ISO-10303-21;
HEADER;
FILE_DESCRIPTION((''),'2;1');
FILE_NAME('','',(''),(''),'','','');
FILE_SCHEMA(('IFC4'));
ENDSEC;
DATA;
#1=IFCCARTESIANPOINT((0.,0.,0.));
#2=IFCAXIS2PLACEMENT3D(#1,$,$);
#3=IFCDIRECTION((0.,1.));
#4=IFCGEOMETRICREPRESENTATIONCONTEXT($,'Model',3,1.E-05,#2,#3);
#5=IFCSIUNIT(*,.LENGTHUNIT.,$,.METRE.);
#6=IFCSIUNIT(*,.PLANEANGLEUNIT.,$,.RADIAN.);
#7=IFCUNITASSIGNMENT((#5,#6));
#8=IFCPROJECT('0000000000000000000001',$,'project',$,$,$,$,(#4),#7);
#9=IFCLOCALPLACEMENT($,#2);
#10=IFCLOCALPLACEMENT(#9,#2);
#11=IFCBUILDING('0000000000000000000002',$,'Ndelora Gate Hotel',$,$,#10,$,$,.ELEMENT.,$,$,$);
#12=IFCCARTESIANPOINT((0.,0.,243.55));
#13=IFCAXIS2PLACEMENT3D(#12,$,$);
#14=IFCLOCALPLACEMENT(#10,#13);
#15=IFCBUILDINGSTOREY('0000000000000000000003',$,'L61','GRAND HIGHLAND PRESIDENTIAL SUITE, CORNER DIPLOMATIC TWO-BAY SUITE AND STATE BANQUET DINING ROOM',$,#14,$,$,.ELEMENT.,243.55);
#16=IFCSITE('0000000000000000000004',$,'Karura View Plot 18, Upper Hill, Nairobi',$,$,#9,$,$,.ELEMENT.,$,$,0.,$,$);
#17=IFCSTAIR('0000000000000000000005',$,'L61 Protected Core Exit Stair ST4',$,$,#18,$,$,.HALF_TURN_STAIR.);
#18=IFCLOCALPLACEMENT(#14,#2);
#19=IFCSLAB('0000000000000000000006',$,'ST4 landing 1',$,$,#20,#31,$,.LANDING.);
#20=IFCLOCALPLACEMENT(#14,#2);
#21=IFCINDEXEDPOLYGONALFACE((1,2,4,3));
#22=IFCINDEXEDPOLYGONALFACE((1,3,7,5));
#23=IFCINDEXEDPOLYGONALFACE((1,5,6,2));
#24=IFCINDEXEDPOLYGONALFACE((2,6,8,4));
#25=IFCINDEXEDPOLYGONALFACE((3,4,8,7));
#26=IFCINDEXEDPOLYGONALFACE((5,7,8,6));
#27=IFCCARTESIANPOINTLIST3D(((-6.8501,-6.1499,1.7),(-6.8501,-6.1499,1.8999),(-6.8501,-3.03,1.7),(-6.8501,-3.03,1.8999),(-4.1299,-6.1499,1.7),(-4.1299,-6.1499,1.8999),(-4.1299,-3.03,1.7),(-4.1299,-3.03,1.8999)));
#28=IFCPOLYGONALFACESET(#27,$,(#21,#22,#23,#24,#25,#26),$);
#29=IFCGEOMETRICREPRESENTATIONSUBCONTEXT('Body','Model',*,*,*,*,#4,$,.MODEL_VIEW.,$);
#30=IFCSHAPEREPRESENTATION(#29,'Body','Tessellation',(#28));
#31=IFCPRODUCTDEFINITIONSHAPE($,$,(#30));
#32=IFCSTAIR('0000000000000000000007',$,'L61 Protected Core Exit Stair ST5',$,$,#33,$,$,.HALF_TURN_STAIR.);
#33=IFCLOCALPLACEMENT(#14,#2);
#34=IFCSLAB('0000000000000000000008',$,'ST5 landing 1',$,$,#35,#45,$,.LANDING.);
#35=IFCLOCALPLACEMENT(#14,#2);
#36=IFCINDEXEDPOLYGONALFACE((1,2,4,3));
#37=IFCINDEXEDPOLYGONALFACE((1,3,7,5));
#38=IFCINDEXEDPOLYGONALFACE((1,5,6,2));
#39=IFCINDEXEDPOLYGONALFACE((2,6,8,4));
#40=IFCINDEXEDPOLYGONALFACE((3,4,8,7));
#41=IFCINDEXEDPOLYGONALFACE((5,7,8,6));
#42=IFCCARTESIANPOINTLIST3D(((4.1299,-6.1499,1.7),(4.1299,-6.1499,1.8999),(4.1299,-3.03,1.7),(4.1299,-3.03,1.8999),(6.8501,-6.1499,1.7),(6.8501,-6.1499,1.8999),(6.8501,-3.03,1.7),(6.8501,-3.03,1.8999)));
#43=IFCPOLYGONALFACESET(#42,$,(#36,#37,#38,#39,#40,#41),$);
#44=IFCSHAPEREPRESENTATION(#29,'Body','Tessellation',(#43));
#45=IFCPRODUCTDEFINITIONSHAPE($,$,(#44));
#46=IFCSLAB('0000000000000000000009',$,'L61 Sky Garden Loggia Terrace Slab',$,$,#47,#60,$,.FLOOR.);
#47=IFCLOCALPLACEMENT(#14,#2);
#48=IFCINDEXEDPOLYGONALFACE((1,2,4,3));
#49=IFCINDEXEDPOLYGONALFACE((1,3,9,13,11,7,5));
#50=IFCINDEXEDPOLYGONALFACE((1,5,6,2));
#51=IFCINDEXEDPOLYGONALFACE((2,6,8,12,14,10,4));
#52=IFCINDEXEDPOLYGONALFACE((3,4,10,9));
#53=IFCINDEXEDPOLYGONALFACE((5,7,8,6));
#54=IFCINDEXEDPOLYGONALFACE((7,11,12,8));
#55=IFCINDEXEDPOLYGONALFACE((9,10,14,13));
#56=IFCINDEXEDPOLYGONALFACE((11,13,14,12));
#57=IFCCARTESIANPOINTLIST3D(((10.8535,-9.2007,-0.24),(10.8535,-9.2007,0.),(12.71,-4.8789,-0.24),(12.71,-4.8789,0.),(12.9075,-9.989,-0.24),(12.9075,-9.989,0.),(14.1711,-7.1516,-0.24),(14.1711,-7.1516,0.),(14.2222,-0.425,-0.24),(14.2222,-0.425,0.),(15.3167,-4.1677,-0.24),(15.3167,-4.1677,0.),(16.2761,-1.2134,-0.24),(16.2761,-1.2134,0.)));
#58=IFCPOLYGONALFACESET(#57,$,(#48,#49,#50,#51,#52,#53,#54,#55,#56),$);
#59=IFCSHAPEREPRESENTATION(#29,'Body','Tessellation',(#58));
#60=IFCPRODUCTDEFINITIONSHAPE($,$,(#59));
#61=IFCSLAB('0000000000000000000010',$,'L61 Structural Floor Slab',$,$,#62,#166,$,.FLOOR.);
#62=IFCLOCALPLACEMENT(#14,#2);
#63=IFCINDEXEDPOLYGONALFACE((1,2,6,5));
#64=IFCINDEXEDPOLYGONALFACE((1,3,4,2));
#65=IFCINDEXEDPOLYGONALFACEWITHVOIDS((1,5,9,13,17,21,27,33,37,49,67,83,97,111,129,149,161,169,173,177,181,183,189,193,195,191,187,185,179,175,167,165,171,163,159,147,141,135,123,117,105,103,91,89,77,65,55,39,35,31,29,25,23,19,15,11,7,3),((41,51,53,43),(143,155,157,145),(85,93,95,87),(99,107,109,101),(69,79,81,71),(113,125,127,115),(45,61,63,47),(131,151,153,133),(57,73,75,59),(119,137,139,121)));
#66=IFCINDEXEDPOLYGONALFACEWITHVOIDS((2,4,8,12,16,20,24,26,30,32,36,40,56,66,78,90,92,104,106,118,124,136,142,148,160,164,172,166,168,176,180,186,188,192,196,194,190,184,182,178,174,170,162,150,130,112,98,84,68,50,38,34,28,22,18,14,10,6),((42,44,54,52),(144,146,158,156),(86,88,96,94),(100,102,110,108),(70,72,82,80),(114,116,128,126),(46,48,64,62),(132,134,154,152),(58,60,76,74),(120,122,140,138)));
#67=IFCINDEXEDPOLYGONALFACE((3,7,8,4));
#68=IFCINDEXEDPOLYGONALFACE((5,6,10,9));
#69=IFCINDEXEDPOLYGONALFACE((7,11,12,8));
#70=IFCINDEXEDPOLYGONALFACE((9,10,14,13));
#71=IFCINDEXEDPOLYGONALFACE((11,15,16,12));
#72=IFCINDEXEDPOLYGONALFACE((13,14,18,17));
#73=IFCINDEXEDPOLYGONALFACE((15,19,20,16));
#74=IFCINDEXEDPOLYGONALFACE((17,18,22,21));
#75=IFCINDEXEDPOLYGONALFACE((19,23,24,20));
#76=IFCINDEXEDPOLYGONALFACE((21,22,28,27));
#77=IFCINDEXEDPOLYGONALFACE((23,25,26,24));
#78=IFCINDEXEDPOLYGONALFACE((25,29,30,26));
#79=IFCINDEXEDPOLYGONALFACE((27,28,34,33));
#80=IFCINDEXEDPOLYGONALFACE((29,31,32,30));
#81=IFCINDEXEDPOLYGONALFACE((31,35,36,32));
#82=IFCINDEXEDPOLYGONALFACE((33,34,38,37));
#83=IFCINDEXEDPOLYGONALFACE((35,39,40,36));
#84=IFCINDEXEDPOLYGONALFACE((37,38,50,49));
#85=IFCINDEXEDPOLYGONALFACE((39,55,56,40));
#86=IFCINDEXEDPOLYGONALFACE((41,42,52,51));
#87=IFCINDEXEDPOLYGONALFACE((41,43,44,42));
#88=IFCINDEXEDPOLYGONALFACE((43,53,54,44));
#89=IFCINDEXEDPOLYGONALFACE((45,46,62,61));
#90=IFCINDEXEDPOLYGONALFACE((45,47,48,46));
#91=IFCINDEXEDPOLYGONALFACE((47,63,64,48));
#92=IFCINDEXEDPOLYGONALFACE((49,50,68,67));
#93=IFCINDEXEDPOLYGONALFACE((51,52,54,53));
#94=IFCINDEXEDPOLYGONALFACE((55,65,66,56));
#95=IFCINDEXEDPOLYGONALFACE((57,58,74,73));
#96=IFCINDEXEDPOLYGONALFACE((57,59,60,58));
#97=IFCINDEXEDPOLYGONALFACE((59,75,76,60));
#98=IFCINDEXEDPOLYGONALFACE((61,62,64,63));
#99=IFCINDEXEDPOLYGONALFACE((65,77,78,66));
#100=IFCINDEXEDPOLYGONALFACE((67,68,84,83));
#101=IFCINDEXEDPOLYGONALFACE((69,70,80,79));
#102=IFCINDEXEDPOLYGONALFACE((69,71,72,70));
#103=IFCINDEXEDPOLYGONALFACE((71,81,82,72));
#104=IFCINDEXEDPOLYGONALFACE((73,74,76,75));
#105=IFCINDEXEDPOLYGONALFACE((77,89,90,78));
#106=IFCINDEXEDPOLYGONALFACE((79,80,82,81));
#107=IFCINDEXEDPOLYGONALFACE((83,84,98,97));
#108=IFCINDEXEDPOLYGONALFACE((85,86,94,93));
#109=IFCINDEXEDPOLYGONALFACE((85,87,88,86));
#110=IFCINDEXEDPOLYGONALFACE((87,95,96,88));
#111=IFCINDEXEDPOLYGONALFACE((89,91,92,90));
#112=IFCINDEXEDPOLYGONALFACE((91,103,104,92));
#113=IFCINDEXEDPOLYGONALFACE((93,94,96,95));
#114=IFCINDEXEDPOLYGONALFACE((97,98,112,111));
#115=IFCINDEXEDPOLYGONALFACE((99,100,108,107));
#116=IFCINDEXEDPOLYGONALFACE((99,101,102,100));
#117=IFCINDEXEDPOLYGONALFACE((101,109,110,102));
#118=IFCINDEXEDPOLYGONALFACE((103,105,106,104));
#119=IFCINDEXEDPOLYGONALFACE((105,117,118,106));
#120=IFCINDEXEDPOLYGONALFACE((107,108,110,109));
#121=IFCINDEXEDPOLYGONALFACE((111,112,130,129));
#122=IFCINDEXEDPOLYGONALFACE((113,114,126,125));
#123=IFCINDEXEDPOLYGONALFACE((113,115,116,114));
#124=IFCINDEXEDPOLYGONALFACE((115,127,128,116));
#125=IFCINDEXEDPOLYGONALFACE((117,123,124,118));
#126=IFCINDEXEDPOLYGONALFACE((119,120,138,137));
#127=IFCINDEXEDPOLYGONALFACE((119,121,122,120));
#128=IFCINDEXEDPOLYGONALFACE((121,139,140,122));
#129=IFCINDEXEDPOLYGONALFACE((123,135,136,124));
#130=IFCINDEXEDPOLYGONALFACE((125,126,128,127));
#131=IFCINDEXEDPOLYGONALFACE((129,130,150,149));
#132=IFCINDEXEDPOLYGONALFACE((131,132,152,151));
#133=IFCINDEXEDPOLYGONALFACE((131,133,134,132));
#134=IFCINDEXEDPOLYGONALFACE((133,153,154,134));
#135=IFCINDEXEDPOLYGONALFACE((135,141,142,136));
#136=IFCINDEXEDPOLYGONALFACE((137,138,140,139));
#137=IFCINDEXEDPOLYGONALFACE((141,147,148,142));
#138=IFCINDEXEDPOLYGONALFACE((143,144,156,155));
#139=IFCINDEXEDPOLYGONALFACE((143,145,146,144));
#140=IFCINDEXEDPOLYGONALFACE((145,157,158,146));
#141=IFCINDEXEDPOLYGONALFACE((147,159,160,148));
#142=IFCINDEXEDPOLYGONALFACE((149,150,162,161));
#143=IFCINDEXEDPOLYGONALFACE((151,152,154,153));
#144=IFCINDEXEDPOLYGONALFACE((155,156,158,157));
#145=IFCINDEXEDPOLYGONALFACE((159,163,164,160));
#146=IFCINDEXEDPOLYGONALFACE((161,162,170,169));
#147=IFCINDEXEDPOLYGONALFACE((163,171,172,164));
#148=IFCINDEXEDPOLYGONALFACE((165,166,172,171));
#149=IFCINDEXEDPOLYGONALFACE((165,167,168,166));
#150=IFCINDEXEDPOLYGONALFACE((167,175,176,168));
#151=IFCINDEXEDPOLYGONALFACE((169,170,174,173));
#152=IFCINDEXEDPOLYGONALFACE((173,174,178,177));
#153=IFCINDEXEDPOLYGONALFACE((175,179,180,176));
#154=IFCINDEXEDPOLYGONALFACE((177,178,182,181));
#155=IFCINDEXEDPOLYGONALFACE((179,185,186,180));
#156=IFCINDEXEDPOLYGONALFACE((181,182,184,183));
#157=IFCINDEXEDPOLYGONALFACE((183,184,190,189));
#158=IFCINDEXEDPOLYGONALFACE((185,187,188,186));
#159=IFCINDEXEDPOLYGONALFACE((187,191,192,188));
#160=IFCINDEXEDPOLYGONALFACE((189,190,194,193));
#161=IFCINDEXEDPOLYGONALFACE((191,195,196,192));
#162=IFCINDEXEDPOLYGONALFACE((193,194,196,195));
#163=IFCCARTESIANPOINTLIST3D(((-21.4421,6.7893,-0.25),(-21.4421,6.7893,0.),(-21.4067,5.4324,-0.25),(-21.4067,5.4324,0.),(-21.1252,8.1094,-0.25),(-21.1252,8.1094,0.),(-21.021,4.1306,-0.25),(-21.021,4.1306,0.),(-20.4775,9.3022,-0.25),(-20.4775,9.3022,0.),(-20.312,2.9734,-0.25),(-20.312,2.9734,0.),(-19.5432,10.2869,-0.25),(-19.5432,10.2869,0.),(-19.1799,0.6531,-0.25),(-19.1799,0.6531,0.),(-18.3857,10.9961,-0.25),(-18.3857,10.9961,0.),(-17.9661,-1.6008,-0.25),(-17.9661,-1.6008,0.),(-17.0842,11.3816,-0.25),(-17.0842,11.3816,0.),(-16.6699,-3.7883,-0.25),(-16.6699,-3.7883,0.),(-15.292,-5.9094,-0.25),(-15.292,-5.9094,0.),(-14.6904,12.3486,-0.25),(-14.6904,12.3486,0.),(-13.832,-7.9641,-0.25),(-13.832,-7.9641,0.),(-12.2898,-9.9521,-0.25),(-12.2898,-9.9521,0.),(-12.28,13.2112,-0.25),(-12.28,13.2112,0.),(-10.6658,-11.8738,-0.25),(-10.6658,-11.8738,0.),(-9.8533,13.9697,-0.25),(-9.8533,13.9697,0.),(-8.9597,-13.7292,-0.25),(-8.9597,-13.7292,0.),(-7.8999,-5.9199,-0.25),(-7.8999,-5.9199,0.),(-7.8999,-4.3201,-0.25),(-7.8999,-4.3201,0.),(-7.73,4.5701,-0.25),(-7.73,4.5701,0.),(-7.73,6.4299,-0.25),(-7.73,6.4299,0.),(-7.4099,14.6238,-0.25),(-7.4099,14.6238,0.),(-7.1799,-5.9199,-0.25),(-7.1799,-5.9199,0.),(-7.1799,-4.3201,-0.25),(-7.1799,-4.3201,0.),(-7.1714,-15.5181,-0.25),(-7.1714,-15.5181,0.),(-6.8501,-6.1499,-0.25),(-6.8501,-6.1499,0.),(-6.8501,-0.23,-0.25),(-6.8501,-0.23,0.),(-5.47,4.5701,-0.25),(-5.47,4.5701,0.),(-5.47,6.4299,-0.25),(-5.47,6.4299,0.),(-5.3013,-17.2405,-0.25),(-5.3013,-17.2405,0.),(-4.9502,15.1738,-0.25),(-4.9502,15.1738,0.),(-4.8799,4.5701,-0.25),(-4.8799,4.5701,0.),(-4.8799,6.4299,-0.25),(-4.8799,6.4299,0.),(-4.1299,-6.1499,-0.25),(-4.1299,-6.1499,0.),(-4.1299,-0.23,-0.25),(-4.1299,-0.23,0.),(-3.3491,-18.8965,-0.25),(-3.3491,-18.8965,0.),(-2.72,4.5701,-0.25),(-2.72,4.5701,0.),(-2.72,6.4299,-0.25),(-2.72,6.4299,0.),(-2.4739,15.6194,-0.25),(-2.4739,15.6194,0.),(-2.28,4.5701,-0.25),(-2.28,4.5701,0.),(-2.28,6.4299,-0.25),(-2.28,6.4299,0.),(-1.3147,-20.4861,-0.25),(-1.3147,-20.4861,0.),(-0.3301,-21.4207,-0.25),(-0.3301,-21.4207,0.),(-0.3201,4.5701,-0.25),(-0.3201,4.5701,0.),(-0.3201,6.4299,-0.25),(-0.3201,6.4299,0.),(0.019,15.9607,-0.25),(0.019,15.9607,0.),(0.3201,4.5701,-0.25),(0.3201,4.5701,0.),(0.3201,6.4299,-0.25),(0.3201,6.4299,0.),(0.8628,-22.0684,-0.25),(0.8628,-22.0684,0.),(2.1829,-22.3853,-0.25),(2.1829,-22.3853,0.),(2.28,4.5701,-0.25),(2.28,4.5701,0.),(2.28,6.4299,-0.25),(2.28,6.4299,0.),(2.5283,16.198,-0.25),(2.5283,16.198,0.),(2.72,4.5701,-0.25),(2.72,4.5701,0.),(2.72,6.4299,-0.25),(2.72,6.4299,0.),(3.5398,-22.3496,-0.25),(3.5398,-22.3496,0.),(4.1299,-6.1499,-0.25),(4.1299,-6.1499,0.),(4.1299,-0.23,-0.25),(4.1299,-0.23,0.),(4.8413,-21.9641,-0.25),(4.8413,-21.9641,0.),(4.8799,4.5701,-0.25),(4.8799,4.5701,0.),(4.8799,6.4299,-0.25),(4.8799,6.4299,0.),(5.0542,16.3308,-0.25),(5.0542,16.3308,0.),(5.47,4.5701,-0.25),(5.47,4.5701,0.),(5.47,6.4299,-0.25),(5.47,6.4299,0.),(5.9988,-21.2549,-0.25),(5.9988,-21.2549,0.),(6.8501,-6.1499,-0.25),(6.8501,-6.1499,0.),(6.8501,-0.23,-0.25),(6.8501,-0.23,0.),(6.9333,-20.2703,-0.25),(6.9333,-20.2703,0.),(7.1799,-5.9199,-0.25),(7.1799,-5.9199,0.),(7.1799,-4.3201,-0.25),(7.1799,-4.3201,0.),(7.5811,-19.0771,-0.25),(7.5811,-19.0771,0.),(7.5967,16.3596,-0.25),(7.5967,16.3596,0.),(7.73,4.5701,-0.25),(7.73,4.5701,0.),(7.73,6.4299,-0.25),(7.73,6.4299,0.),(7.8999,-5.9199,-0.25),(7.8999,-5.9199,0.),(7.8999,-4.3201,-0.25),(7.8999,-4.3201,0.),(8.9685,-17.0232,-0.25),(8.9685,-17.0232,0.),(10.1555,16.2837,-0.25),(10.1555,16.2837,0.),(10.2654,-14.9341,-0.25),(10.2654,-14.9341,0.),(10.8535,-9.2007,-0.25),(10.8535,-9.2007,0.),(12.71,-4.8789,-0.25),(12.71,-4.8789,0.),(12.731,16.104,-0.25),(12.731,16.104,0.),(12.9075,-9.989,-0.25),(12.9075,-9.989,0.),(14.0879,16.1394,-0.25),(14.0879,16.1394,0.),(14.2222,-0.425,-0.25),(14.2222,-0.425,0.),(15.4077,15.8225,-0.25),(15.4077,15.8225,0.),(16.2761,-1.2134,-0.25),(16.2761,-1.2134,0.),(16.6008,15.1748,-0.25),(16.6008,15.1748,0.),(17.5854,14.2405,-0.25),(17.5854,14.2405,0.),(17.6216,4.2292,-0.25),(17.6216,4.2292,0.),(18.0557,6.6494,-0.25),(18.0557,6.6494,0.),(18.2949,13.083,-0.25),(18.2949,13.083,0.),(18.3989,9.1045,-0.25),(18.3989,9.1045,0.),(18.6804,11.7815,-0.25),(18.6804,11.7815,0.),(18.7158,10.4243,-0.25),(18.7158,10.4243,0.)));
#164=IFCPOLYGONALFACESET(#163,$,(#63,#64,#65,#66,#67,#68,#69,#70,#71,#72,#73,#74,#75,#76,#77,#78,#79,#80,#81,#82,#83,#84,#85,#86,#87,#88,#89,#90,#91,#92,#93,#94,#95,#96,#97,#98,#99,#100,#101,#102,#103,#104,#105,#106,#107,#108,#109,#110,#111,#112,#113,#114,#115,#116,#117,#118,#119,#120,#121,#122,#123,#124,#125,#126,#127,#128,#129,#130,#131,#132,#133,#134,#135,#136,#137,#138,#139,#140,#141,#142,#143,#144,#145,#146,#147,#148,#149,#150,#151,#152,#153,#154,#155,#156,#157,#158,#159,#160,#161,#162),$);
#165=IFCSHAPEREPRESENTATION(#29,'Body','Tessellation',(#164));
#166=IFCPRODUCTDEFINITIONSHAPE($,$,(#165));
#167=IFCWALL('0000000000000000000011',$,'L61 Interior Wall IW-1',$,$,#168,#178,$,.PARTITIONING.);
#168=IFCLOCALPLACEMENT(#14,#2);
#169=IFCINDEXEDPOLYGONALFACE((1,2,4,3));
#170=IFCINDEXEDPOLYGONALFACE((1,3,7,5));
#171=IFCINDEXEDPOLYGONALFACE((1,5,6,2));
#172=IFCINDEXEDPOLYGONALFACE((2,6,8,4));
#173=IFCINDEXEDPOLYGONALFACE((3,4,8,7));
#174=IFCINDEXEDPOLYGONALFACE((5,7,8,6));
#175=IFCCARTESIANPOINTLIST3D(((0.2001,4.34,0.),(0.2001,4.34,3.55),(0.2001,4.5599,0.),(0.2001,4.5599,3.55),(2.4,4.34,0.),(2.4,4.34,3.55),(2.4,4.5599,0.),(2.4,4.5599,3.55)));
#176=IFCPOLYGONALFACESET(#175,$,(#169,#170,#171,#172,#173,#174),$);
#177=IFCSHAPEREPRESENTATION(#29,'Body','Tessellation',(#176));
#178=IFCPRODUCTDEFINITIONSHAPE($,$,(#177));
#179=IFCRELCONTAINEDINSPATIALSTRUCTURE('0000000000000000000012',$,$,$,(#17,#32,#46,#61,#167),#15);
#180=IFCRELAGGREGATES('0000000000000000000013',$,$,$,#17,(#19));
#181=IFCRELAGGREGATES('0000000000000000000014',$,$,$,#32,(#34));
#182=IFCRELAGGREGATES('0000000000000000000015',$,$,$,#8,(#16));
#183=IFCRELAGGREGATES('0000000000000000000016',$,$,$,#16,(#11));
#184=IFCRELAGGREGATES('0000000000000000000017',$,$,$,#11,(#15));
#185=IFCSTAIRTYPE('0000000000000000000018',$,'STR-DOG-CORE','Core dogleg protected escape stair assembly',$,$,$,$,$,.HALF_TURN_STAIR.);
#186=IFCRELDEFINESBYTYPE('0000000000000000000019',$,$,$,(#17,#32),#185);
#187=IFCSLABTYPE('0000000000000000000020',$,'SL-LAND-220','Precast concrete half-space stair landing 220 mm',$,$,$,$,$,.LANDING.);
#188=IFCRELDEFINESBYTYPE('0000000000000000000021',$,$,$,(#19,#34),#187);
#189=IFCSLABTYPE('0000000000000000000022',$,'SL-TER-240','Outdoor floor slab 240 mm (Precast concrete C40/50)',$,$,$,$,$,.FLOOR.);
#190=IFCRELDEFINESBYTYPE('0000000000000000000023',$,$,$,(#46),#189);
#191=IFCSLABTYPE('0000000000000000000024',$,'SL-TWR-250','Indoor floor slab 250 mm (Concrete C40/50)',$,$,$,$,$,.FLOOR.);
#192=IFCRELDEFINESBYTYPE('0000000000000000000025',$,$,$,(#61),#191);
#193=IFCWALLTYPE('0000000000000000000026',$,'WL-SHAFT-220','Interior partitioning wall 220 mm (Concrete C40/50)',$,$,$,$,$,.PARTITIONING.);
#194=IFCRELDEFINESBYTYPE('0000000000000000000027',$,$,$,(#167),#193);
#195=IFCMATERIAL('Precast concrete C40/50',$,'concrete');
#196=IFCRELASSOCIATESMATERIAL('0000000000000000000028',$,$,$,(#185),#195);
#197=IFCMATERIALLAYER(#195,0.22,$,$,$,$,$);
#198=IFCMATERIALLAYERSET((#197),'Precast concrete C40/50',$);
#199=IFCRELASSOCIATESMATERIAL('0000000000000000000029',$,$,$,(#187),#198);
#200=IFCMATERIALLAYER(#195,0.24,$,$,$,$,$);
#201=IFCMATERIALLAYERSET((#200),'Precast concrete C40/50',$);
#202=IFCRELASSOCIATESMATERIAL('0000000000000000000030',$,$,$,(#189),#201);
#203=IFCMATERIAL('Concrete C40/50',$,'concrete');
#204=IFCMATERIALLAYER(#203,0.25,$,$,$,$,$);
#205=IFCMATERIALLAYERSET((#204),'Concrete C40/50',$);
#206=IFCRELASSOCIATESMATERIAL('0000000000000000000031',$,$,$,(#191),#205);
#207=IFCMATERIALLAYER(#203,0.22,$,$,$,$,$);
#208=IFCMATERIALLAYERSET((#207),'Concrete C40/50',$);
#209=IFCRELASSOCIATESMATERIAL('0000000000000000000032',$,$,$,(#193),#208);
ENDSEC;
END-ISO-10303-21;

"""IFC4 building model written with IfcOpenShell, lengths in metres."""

from ifc_helpers import new_model, si_unit, direction, frame, frame_2d, origin, place, context, subcontext, project, spatial, polyline, rectangle, outline, extrude, material, layer, layer_set, type_object, element, aggregate, save


model = new_model("IFC4")

# Units and contexts
model_context = context("Model", 3, precision=1e-05, world=origin(), true_north=direction((0.0, 1.0)))
body_context = subcontext(model_context, "Body", "Model", "MODEL_VIEW")
ifc_project = project(units=[si_unit("LENGTHUNIT", "METRE"), si_unit("PLANEANGLEUNIT", "RADIAN")], contexts=[model_context])

# Site, building, storey
site_placement = place(None, origin())
site = spatial("IfcSite", under=ifc_project, at=site_placement, Name="Karura View Plot 18, Upper Hill, Nairobi", CompositionType="ELEMENT", RefElevation=0.0)
building_placement = place(site_placement, origin())
building = spatial("IfcBuilding", under=site, at=building_placement, Name="Ndelora Gate Hotel", CompositionType="ELEMENT")
storey_placement = place(building_placement, frame((0.0, 0.0, 243.55)))
storey = spatial("IfcBuildingStorey", under=building, at=storey_placement, Name="L61", Description="GRAND HIGHLAND PRESIDENTIAL SUITE, CORNER DIPLOMATIC TWO-BAY SUITE AND STATE BANQUET DINING ROOM", CompositionType="ELEMENT", Elevation=243.55)

# Stairs, slabs
ifc_material_1 = material(Name="Precast concrete C40/50", Category="concrete")
stair_type = type_object("IfcStairType", Name="STR-DOG-CORE", Description="Core dogleg protected escape stair assembly", PredefinedType="HALF_TURN_STAIR", material=ifc_material_1)
stair_1_placement = place(storey_placement, origin())
stair_1 = element("IfcStair", 1, at=stair_1_placement, inside=storey, type_object=stair_type, Name="L61 Protected Core Exit Stair ST4", PredefinedType="HALF_TURN_STAIR")
ifc_layer_1 = layer(ifc_material_1, 0.22)
ifc_layer_set_1 = layer_set([ifc_layer_1], Name="Precast concrete C40/50")
slab_type_1 = type_object("IfcSlabType", Name="SL-LAND-220", Description="Precast concrete half-space stair landing 220 mm", PredefinedType="LANDING", material=ifc_layer_set_1)
slab_1_placement = place(storey_placement, frame((0.0, 0.0, 1.7)))
slab_1 = element("IfcSlab", 2, at=slab_1_placement, type_object=slab_type_1, Name="ST4 landing 1", PredefinedType="LANDING", context=body_context, shape_type="SweptSolid", body=[
    extrude(outline(polyline([(-6.8501, -3.03), (-6.8501, -6.1499), (-4.1299, -6.1499), (-4.1299, -3.03), (-6.8501, -3.03)])), origin(), (0.0, 0.0, 1.0), 0.2),
])
aggregate(stair_1, [slab_1])
stair_2_placement = place(storey_placement, origin())
stair_2 = element("IfcStair", 3, at=stair_2_placement, inside=storey, type_object=stair_type, Name="L61 Protected Core Exit Stair ST5", PredefinedType="HALF_TURN_STAIR")
slab_2_placement = place(storey_placement, frame((0.0, 0.0, 1.7)))
slab_2 = element("IfcSlab", 4, at=slab_2_placement, type_object=slab_type_1, Name="ST5 landing 1", PredefinedType="LANDING", context=body_context, shape_type="SweptSolid", body=[
    extrude(outline(polyline([(4.1299, -3.03), (4.1299, -6.1499), (6.8501, -6.1499), (6.8501, -3.03), (4.1299, -3.03)])), origin(), (0.0, 0.0, 1.0), 0.2),
])
aggregate(stair_2, [slab_2])

# Slabs
ifc_layer_2 = layer(ifc_material_1, 0.24)
ifc_layer_set_2 = layer_set([ifc_layer_2], Name="Precast concrete C40/50")
slab_type_2 = type_object("IfcSlabType", Name="SL-TER-240", Description="Outdoor floor slab 240 mm (Precast concrete C40/50)", PredefinedType="FLOOR", material=ifc_layer_set_2)
slab_3_placement = place(storey_placement, frame((0.0, 0.0, -0.24)))
element("IfcSlab", 5, at=slab_3_placement, inside=storey, type_object=slab_type_2, Name="L61 Sky Garden Loggia Terrace Slab", PredefinedType="FLOOR", context=body_context, shape_type="SweptSolid", body=[
    extrude(outline(polyline([(10.8535, -9.2007), (12.9075, -9.989), (14.1711, -7.1516), (15.3167, -4.1677), (16.2761, -1.2134), (14.2222, -0.425), (12.71, -4.8789), (10.8535, -9.2007)])), origin(), (0.0, 0.0, 1.0), 0.24),
])
ifc_material_2 = material(Name="Concrete C40/50", Category="concrete")
ifc_layer_3 = layer(ifc_material_2, 0.25)
ifc_layer_set_3 = layer_set([ifc_layer_3], Name="Concrete C40/50")
slab_type_3 = type_object("IfcSlabType", Name="SL-TWR-250", Description="Indoor floor slab 250 mm (Concrete C40/50)", PredefinedType="FLOOR", material=ifc_layer_set_3)
slab_4_placement = place(storey_placement, frame((0.0, 0.0, -0.25)))
element("IfcSlab", 6, at=slab_4_placement, inside=storey, type_object=slab_type_3, Name="L61 Structural Floor Slab", PredefinedType="FLOOR", context=body_context, shape_type="SweptSolid", body=[
    extrude(outline(polyline([(-17.0842, 11.3816), (-18.3857, 10.9961), (-19.5432, 10.2869), (-20.4775, 9.3022), (-21.1252, 8.1094), (-21.4421, 6.7893), (-21.4067, 5.4324), (-21.021, 4.1306), (-20.312, 2.9734), (-19.1799, 0.6531), (-17.9661, -1.6008), (-16.6699, -3.7883), (-15.292, -5.9094), (-13.832, -7.9641), (-12.2898, -9.9521), (-10.6658, -11.8738), (-8.9597, -13.7292), (-7.1714, -15.5181), (-5.3013, -17.2405), (-3.3491, -18.8965), (-1.3147, -20.4861), (-0.3301, -21.4207), (0.8628, -22.0684), (2.1829, -22.3853), (3.5398, -22.3496), (4.8413, -21.9641), (5.9988, -21.2549), (6.9333, -20.2703), (7.5811, -19.0771), (8.9685, -17.0232), (10.2654, -14.9341), (12.9075, -9.989), (10.8535, -9.2007), (12.71, -4.8789), (14.2222, -0.425), (16.2761, -1.2134), (17.6216, 4.2292), (18.0557, 6.6494), (18.3989, 9.1045), (18.7158, 10.4243), (18.6804, 11.7815), (18.2949, 13.083), (17.5854, 14.2405), (16.6008, 15.1748), (15.4077, 15.8225), (14.0879, 16.1394), (12.731, 16.104), (10.1555, 16.2837), (7.5967, 16.3596), (5.0542, 16.3308), (2.5283, 16.198), (0.019, 15.9607), (-2.4739, 15.6194), (-4.9502, 15.1738), (-7.4099, 14.6238), (-9.8533, 13.9697), (-12.28, 13.2112), (-14.6904, 12.3486), (-17.0842, 11.3816)]), holes=[polyline([(-6.8501, -0.23), (-6.8501, -6.1499), (-4.1299, -6.1499), (-4.1299, -0.23), (-6.8501, -0.23)]), polyline([(4.1299, -0.23), (4.1299, -6.1499), (6.8501, -6.1499), (6.8501, -0.23), (4.1299, -0.23)]), polyline([(-7.73, 4.5701), (-5.47, 4.5701), (-5.47, 6.4299), (-7.73, 6.4299), (-7.73, 4.5701)]), polyline([(5.47, 4.5701), (7.73, 4.5701), (7.73, 6.4299), (5.47, 6.4299), (5.47, 4.5701)]), polyline([(-4.8799, 4.5701), (-2.72, 4.5701), (-2.72, 6.4299), (-4.8799, 6.4299), (-4.8799, 4.5701)]), polyline([(2.72, 4.5701), (4.8799, 4.5701), (4.8799, 6.4299), (2.72, 6.4299), (2.72, 4.5701)]), polyline([(-2.28, 4.5701), (-0.3201, 4.5701), (-0.3201, 6.4299), (-2.28, 6.4299), (-2.28, 4.5701)]), polyline([(0.3201, 4.5701), (2.28, 4.5701), (2.28, 6.4299), (0.3201, 6.4299), (0.3201, 4.5701)]), polyline([(-7.8999, -5.9199), (-7.1799, -5.9199), (-7.1799, -4.3201), (-7.8999, -4.3201), (-7.8999, -5.9199)]), polyline([(7.1799, -5.9199), (7.8999, -5.9199), (7.8999, -4.3201), (7.1799, -4.3201), (7.1799, -5.9199)])]), origin(), (0.0, 0.0, 1.0), 0.25),
])

# Shared definitions
ifc_layer_4 = layer(ifc_material_2, 0.22)
ifc_layer_set_4 = layer_set([ifc_layer_4], Name="Concrete C40/50")
wall_type_1 = type_object("IfcWallType", Name="WL-SHAFT-220", Description="Interior partitioning wall 220 mm (Concrete C40/50)", PredefinedType="PARTITIONING", material=ifc_layer_set_4)

# Wall
wall_1_placement = place(storey_placement, frame((0.2, 4.45, 0.0), z_axis=(0.0, 0.0, 1.0), x_axis=(1.0, 0.0, 0.0)))
element("IfcWall", 7, at=wall_1_placement, inside=storey, type_object=wall_type_1, Name="L61 Interior Wall IW-1", PredefinedType="PARTITIONING", context=body_context, shape_type="SweptSolid", body=[
    extrude(rectangle(XDim=2.2, YDim=0.22, at=frame_2d((1.1001, 0.0))), origin(), (0.0, 0.0, 1.0), 3.55),
])

save(model, "model.ifc")
